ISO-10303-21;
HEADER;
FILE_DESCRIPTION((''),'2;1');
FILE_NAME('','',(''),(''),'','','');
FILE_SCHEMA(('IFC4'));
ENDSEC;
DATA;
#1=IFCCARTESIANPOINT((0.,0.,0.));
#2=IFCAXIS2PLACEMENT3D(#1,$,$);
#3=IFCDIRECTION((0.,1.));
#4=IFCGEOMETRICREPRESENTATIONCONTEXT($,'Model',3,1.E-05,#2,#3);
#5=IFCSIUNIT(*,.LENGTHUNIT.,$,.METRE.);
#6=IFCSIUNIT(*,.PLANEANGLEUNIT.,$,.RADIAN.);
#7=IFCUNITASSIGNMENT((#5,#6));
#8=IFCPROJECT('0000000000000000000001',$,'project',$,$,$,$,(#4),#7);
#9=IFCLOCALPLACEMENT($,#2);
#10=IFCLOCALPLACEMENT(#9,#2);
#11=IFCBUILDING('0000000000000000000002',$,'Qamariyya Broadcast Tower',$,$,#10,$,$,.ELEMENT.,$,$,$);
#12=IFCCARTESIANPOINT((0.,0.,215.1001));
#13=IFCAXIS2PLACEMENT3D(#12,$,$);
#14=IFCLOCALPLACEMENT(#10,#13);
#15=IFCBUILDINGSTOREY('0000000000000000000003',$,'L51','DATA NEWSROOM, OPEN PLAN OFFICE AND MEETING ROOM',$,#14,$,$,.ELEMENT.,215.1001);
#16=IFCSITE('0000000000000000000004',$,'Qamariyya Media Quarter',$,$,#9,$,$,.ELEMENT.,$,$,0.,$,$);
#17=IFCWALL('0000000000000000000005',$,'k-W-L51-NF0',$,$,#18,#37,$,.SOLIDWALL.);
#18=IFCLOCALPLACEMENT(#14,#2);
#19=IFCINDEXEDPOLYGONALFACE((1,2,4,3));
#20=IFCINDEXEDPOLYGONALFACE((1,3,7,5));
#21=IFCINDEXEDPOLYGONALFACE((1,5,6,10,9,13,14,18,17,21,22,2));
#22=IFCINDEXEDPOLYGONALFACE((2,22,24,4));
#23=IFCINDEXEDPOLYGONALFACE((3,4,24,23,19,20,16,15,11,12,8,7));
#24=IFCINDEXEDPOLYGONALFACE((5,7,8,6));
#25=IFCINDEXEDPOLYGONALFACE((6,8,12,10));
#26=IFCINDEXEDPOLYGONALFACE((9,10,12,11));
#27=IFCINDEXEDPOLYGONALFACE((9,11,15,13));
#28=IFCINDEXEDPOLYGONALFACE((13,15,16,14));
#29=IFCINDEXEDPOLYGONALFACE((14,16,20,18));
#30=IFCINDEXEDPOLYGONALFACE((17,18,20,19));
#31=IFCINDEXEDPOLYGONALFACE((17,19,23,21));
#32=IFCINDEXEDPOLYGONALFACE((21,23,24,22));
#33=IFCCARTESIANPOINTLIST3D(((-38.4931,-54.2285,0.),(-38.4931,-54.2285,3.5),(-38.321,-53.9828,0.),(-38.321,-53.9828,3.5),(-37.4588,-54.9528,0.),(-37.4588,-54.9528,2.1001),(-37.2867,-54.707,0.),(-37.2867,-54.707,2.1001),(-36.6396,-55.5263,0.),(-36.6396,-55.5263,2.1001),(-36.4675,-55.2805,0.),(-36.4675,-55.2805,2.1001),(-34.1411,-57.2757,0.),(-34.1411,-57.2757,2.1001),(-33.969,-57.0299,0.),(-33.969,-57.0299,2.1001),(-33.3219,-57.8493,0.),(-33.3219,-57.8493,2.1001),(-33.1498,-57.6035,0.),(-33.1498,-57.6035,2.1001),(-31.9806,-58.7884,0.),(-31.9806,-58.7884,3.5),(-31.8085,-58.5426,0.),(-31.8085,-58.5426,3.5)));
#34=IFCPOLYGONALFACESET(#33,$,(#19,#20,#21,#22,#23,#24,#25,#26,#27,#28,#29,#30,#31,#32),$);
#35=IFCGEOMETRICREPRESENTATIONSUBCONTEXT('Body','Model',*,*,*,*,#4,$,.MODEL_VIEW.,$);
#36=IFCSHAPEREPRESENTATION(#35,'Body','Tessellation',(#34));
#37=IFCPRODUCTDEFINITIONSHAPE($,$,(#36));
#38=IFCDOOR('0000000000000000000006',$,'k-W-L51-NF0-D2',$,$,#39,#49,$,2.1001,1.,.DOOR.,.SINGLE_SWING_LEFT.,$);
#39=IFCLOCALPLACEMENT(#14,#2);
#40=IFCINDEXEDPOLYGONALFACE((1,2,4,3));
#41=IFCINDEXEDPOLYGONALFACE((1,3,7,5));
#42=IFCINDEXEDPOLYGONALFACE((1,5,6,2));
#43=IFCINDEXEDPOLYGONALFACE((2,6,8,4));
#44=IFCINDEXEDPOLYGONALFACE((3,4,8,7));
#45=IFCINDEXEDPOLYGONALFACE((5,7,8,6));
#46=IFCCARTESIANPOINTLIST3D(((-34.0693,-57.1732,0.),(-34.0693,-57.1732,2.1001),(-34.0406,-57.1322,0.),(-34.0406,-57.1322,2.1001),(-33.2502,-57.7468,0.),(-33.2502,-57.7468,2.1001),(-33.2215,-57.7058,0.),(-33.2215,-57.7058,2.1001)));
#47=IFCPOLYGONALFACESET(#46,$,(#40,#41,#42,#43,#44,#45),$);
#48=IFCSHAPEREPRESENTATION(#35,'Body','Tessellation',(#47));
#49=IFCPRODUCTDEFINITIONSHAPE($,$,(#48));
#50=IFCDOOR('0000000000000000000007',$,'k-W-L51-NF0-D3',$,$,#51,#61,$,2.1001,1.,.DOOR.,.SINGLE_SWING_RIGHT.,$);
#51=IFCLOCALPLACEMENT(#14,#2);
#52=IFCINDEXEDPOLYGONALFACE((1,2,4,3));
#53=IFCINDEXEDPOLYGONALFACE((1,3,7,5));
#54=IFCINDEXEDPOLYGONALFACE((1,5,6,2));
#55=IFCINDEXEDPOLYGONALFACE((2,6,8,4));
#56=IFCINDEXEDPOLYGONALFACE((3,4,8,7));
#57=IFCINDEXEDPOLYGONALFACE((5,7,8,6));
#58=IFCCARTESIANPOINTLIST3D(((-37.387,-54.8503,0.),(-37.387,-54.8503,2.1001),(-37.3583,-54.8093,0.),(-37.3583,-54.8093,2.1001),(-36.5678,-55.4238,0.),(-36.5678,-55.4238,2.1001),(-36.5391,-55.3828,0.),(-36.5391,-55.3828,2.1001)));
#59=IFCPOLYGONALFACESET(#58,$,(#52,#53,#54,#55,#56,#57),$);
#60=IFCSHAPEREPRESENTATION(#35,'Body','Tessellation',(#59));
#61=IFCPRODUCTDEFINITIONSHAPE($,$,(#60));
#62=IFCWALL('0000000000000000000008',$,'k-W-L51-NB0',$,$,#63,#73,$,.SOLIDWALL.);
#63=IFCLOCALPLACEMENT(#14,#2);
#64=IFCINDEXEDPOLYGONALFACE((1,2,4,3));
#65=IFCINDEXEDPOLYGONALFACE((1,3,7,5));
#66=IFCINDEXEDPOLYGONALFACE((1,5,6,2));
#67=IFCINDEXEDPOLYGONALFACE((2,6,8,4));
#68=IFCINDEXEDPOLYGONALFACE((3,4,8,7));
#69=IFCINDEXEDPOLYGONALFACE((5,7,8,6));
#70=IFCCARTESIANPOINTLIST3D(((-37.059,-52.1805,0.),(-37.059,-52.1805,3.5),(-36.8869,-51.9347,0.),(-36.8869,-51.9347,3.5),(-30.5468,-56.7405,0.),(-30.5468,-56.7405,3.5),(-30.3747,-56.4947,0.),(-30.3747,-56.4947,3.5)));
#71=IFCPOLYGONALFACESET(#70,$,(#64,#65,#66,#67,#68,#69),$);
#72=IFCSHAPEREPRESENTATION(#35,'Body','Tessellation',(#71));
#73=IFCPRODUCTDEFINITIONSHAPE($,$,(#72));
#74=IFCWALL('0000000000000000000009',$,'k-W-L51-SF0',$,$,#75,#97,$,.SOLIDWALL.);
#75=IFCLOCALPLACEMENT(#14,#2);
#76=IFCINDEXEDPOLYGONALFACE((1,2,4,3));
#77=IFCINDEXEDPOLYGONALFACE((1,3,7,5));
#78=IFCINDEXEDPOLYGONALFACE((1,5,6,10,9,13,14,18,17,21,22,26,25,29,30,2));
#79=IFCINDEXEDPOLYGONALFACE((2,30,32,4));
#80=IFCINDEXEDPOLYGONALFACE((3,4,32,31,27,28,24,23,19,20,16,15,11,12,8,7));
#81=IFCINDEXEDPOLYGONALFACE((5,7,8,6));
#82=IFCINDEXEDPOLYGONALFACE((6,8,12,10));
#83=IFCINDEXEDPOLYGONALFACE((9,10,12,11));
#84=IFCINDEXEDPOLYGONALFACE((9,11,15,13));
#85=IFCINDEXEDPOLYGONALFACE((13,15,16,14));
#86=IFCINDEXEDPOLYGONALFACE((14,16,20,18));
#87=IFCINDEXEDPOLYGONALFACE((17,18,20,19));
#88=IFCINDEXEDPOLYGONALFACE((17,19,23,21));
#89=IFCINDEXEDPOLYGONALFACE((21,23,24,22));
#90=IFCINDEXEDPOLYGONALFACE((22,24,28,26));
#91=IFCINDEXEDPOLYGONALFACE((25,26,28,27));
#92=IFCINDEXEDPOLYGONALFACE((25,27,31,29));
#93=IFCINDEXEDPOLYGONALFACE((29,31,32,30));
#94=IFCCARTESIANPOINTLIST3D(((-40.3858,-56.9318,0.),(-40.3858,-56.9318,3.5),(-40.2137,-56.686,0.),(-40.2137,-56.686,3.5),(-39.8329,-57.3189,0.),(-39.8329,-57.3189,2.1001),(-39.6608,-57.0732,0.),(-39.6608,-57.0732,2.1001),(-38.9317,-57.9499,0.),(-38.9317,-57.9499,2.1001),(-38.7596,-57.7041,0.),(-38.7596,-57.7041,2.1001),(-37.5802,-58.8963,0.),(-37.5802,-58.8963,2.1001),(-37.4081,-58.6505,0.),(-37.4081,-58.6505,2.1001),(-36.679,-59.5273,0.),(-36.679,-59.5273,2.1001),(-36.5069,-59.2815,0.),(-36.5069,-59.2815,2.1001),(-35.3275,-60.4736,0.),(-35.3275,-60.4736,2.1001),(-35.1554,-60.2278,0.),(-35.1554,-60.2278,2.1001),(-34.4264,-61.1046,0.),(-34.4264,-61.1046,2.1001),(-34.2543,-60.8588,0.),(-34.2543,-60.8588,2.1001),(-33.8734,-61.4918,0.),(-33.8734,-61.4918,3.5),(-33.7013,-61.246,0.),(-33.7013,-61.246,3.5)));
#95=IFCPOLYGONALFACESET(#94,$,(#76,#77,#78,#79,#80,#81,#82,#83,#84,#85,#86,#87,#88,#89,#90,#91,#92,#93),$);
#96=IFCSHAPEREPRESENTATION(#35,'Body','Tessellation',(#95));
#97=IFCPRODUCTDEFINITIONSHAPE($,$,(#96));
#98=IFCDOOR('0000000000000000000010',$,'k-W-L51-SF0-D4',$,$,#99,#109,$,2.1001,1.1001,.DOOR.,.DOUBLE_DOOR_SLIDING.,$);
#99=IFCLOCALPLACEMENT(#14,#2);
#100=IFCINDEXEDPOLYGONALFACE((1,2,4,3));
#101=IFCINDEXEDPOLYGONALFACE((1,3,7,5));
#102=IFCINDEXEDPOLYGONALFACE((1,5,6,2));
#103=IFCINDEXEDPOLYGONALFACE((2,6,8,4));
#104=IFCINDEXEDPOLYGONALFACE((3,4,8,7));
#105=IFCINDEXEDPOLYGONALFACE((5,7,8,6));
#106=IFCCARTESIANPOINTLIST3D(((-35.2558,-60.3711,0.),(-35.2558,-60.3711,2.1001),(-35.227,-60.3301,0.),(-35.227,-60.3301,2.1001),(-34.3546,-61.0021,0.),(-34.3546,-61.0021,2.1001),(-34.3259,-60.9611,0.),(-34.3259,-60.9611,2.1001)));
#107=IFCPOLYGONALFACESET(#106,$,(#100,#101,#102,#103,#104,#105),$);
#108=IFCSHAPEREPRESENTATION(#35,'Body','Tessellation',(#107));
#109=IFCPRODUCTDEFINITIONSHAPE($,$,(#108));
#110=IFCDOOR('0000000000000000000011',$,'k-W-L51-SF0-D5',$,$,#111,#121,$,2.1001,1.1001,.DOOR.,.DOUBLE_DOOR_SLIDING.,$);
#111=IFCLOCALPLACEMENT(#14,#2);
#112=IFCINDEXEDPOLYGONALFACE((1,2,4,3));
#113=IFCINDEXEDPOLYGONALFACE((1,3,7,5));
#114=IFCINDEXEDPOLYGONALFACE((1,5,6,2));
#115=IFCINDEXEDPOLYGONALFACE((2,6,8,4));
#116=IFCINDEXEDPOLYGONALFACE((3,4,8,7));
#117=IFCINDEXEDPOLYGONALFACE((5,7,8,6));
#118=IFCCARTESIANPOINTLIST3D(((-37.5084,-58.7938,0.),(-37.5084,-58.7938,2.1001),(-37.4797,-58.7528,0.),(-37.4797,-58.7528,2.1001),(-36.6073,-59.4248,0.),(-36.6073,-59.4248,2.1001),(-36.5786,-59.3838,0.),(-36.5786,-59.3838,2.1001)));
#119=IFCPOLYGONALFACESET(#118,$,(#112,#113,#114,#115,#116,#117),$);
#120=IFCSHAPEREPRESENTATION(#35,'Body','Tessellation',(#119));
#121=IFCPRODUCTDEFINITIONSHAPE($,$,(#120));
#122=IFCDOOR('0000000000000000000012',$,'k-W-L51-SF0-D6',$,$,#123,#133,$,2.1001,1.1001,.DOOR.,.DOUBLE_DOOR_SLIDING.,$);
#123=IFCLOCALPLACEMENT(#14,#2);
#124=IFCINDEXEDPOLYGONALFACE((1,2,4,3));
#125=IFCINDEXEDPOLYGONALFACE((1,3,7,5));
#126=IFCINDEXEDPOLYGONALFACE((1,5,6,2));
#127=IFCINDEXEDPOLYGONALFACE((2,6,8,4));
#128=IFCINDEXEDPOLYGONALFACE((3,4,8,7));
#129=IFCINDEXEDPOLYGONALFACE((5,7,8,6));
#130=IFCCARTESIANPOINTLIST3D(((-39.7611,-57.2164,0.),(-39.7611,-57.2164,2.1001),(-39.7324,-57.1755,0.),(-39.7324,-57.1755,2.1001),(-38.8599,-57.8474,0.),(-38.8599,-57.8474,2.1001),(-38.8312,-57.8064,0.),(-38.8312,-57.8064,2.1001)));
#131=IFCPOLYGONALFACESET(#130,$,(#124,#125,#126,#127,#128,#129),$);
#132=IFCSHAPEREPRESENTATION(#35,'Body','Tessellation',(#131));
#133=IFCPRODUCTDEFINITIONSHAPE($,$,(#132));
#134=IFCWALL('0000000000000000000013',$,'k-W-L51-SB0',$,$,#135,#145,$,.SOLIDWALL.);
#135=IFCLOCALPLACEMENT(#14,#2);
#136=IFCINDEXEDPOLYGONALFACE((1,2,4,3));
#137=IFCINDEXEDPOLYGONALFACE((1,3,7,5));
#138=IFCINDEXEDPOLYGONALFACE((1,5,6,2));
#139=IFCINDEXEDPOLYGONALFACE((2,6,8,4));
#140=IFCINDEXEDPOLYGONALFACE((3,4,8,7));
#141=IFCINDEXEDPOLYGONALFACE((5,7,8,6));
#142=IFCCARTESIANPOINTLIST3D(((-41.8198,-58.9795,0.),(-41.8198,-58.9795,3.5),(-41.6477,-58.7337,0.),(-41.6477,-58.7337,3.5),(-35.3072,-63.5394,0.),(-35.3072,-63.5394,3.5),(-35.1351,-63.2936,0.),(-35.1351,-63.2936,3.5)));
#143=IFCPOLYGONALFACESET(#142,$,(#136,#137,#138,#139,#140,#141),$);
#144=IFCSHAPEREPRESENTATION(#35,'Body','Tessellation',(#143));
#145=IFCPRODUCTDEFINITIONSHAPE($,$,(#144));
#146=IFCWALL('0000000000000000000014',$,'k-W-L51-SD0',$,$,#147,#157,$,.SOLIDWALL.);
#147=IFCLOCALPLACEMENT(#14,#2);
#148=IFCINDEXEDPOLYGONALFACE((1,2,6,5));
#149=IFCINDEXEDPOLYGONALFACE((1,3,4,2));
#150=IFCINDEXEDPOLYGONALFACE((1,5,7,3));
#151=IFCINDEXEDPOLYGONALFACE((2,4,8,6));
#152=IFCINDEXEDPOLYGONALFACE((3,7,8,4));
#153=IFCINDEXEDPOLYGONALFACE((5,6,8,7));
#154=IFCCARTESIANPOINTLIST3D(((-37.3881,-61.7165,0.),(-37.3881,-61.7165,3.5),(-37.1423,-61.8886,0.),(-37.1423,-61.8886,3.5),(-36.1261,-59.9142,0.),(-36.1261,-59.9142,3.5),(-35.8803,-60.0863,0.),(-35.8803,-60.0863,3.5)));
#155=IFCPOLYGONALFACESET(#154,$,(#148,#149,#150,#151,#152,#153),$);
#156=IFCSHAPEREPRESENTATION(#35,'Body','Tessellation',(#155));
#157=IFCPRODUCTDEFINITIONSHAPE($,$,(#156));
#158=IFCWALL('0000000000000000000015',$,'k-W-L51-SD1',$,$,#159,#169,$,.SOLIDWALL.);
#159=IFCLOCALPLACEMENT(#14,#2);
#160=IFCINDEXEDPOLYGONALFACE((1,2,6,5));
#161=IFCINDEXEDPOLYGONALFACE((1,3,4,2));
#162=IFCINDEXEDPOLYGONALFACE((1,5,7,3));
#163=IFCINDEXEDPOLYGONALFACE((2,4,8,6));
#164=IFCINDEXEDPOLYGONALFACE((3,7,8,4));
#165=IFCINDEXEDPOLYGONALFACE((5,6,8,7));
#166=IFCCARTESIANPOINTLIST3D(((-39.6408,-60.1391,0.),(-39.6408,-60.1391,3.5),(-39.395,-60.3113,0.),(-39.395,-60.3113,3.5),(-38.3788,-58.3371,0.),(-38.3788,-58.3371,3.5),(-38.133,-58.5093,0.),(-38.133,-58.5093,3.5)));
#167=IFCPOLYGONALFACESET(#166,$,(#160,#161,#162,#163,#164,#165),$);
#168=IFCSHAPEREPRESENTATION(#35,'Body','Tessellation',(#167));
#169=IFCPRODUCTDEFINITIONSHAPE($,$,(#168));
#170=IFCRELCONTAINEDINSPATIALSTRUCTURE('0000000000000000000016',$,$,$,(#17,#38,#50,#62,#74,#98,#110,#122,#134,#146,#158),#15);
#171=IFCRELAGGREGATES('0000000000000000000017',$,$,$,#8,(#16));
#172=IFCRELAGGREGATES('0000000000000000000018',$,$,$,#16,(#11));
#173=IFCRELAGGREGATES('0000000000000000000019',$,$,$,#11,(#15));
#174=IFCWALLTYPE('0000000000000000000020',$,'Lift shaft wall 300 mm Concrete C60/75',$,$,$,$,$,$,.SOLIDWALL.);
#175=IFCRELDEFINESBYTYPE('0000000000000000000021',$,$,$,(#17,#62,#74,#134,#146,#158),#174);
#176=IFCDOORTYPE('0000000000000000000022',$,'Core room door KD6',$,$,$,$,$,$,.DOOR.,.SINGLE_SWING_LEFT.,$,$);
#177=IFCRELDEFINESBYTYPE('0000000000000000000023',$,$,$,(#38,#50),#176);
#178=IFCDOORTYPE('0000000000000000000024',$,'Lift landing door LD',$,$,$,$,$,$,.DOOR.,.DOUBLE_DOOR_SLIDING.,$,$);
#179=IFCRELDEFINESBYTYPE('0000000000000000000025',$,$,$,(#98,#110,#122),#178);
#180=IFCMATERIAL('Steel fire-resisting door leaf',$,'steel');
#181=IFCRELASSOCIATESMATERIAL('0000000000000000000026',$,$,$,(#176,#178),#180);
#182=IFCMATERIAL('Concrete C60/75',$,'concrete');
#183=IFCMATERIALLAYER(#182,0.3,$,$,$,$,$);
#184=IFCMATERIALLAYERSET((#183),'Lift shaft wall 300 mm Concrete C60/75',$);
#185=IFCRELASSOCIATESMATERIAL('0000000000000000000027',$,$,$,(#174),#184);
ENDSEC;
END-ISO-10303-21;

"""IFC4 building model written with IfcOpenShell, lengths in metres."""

from ifc_helpers import new_model, si_unit, direction, frame, frame_2d, origin, place, context, subcontext, project, spatial, rectangle, extrude, material, layer, layer_set, type_object, element, fill, save


model = new_model("IFC4")

# Units and contexts
model_context = context("Model", 3, precision=1e-05, world=origin(), true_north=direction((0.0, 1.0)))
body_context = subcontext(model_context, "Body", "Model", "MODEL_VIEW")
ifc_project = project(units=[si_unit("LENGTHUNIT", "METRE"), si_unit("PLANEANGLEUNIT", "RADIAN")], contexts=[model_context])

# Site, building, storey
site_placement = place(None, origin())
site = spatial("IfcSite", under=ifc_project, at=site_placement, Name="Qamariyya Media Quarter", CompositionType="ELEMENT", RefElevation=0.0)
building_placement = place(site_placement, origin())
building = spatial("IfcBuilding", under=site, at=building_placement, Name="Qamariyya Broadcast Tower", CompositionType="ELEMENT")
storey_placement = place(building_placement, frame((0.0, 0.0, 215.1001)))
storey = spatial("IfcBuildingStorey", under=building, at=storey_placement, Name="L51", Description="DATA NEWSROOM, OPEN PLAN OFFICE AND MEETING ROOM", CompositionType="ELEMENT", Elevation=215.1001)

# Shared definitions
ifc_material_1 = material(Name="Concrete C60/75", Category="concrete")

# Shared definitions
ifc_material_2 = material(Name="Steel fire-resisting door leaf", Category="steel")

# Wall, openings, doors
door_type_1 = type_object("IfcDoorType", Name="Core room door KD6", OperationType="SINGLE_SWING_LEFT", PredefinedType="DOOR", material=ifc_material_2)
ifc_layer_1 = layer(ifc_material_1, 0.3)
ifc_layer_set_1 = layer_set([ifc_layer_1], Name="Lift shaft wall 300 mm Concrete C60/75")
wall_type_1 = type_object("IfcWallType", Name="Lift shaft wall 300 mm Concrete C60/75", PredefinedType="SOLIDWALL", material=ifc_layer_set_1)
wall_1_placement = place(storey_placement, frame((-31.8945, -58.6655, 0.0), z_axis=(0.0, 0.0, 1.0), x_axis=(-0.819167, 0.573555, 0.0)))
wall_1 = element("IfcWall", 1, at=wall_1_placement, inside=storey, type_object=wall_type_1, Name="k-W-L51-NF0", PredefinedType="SOLIDWALL", context=body_context, shape_type="SweptSolid", body=[
    extrude(rectangle(XDim=7.9502, YDim=0.3, at=frame_2d((3.9751, 0.0))), origin(), (0.0, 0.0, 1.0), 3.5),
])
opening_1_placement = place(wall_1_placement, frame((1.6375, 0.0, 0.0)))
opening_1 = element("IfcOpeningElement", 2, at=opening_1_placement, cuts=wall_1, PredefinedType="OPENING", context=body_context, shape_type="SweptSolid", body=[
    extrude(rectangle(XDim=1.0, YDim=2.1001, at=frame_2d((0.5, 1.05))), frame((0.0, 0.1599, 0.0), z_axis=(0.0, -1.0, 0.0), x_axis=(1.0, 0.0, 0.0)), (0.0, 0.0, 1.0), 0.3201),
])
opening_2_placement = place(wall_1_placement, frame((5.6875, 0.0, 0.0)))
opening_2 = element("IfcOpeningElement", 3, at=opening_2_placement, cuts=wall_1, PredefinedType="OPENING", context=body_context, shape_type="SweptSolid", body=[
    extrude(rectangle(XDim=1.0, YDim=2.1001, at=frame_2d((0.5, 1.05))), frame((0.0, 0.1599, 0.0), z_axis=(0.0, -1.0, 0.0), x_axis=(1.0, 0.0, 0.0)), (0.0, 0.0, 1.0), 0.3201),
])
door_1_placement = place(opening_1_placement, origin())
door_1 = element("IfcDoor", 4, at=door_1_placement, inside=storey, type_object=door_type_1, Name="k-W-L51-NF0-D2", OperationType="SINGLE_SWING_LEFT", OverallHeight=2.1001, OverallWidth=1.0, PredefinedType="DOOR", context=body_context, shape_type="SweptSolid", body=[
    extrude(rectangle(XDim=1.0, YDim=2.1001, at=frame_2d((0.5, 1.05))), frame((0.0, 0.0249, 0.0), z_axis=(0.0, -1.0, 0.0), x_axis=(1.0, 0.0, 0.0)), (0.0, 0.0, 1.0), 0.05),
])
fill(opening_1, door_1)
door_2_placement = place(opening_2_placement, origin())
door_2 = element("IfcDoor", 5, at=door_2_placement, inside=storey, type_object=door_type_1, Name="k-W-L51-NF0-D3", OperationType="SINGLE_SWING_RIGHT", OverallHeight=2.1001, OverallWidth=1.0, PredefinedType="DOOR", context=body_context, shape_type="SweptSolid", body=[
    extrude(rectangle(XDim=1.0, YDim=2.1001, at=frame_2d((0.5, 1.05))), frame((0.0, 0.0249, 0.0), z_axis=(0.0, -1.0, 0.0), x_axis=(1.0, 0.0, 0.0)), (0.0, 0.0, 1.0), 0.05),
])
fill(opening_2, door_2)

# Wall
wall_2_placement = place(storey_placement, frame((-30.4607, -56.6177, 0.0), z_axis=(0.0, 0.0, 1.0), x_axis=(-0.819142, 0.57359, 0.0)))
element("IfcWall", 6, at=wall_2_placement, inside=storey, type_object=wall_type_1, Name="k-W-L51-NB0", PredefinedType="SOLIDWALL", context=body_context, shape_type="SweptSolid", body=[
    extrude(rectangle(XDim=7.95, YDim=0.3, at=frame_2d((3.9751, 0.0))), origin(), (0.0, 0.0, 1.0), 3.5),
])

# Wall, openings, doors
wall_3_placement = place(storey_placement, frame((-33.7874, -61.3689, 0.0), z_axis=(0.0, 0.0, 1.0), x_axis=(-0.819153, 0.573576, 0.0)))
wall_3 = element("IfcWall", 7, at=wall_3_placement, inside=storey, type_object=wall_type_1, Name="k-W-L51-SF0", PredefinedType="SOLIDWALL", context=body_context, shape_type="SweptSolid", body=[
    extrude(rectangle(XDim=7.9502, YDim=0.3, at=frame_2d((3.9751, 0.0))), origin(), (0.0, 0.0, 1.0), 3.5),
])
opening_3_placement = place(wall_3_placement, frame((0.675, 0.0, 0.0)))
opening_3 = element("IfcOpeningElement", 8, at=opening_3_placement, cuts=wall_3, PredefinedType="OPENING", context=body_context, shape_type="SweptSolid", body=[
    extrude(rectangle(XDim=1.1001, YDim=2.1001, at=frame_2d((0.55, 1.05))), frame((0.0, 0.1599, 0.0), z_axis=(0.0, -1.0, 0.0), x_axis=(1.0, 0.0, 0.0)), (0.0, 0.0, 1.0), 0.3201),
])
opening_4_placement = place(wall_3_placement, frame((3.425, 0.0, 0.0)))
opening_4 = element("IfcOpeningElement", 9, at=opening_4_placement, cuts=wall_3, PredefinedType="OPENING", context=body_context, shape_type="SweptSolid", body=[
    extrude(rectangle(XDim=1.1001, YDim=2.1001, at=frame_2d((0.55, 1.05))), frame((0.0, 0.1599, 0.0), z_axis=(0.0, -1.0, 0.0), x_axis=(1.0, 0.0, 0.0)), (0.0, 0.0, 1.0), 0.3201),
])
opening_5_placement = place(wall_3_placement, frame((6.175, 0.0, 0.0)))
opening_5 = element("IfcOpeningElement", 10, at=opening_5_placement, cuts=wall_3, PredefinedType="OPENING", context=body_context, shape_type="SweptSolid", body=[
    extrude(rectangle(XDim=1.1001, YDim=2.1001, at=frame_2d((0.55, 1.05))), frame((0.0, 0.1599, 0.0), z_axis=(0.0, -1.0, 0.0), x_axis=(1.0, 0.0, 0.0)), (0.0, 0.0, 1.0), 0.3201),
])
door_type_2 = type_object("IfcDoorType", Name="Lift landing door LD", OperationType="DOUBLE_DOOR_SLIDING", PredefinedType="DOOR", material=ifc_material_2)
door_3_placement = place(opening_3_placement, origin())
door_3 = element("IfcDoor", 11, at=door_3_placement, inside=storey, type_object=door_type_2, Name="k-W-L51-SF0-D4", OperationType="DOUBLE_DOOR_SLIDING", OverallHeight=2.1001, OverallWidth=1.1001, PredefinedType="DOOR", context=body_context, shape_type="SweptSolid", body=[
    extrude(rectangle(XDim=1.1001, YDim=2.1001, at=frame_2d((0.55, 1.05))), frame((0.0, 0.0249, 0.0), z_axis=(0.0, -1.0, 0.0), x_axis=(1.0, 0.0, 0.0)), (0.0, 0.0, 1.0), 0.05),
])
fill(opening_3, door_3)
door_4_placement = place(opening_4_placement, origin())
door_4 = element("IfcDoor", 12, at=door_4_placement, inside=storey, type_object=door_type_2, Name="k-W-L51-SF0-D5", OperationType="DOUBLE_DOOR_SLIDING", OverallHeight=2.1001, OverallWidth=1.1001, PredefinedType="DOOR", context=body_context, shape_type="SweptSolid", body=[
    extrude(rectangle(XDim=1.1001, YDim=2.1001, at=frame_2d((0.55, 1.05))), frame((0.0, 0.0249, 0.0), z_axis=(0.0, -1.0, 0.0), x_axis=(1.0, 0.0, 0.0)), (0.0, 0.0, 1.0), 0.05),
])
fill(opening_4, door_4)
door_5_placement = place(opening_5_placement, origin())
door_5 = element("IfcDoor", 13, at=door_5_placement, inside=storey, type_object=door_type_2, Name="k-W-L51-SF0-D6", OperationType="DOUBLE_DOOR_SLIDING", OverallHeight=2.1001, OverallWidth=1.1001, PredefinedType="DOOR", context=body_context, shape_type="SweptSolid", body=[
    extrude(rectangle(XDim=1.1001, YDim=2.1001, at=frame_2d((0.55, 1.05))), frame((0.0, 0.0249, 0.0), z_axis=(0.0, -1.0, 0.0), x_axis=(1.0, 0.0, 0.0)), (0.0, 0.0, 1.0), 0.05),
])
fill(opening_5, door_5)

# Walls
wall_4_placement = place(storey_placement, frame((-35.2212, -63.4165, 0.0), z_axis=(0.0, 0.0, 1.0), x_axis=(-0.819167, 0.573555, 0.0)))
element("IfcWall", 14, at=wall_4_placement, inside=storey, type_object=wall_type_1, Name="k-W-L51-SB0", PredefinedType="SOLIDWALL", context=body_context, shape_type="SweptSolid", body=[
    extrude(rectangle(XDim=7.9502, YDim=0.3, at=frame_2d((3.9751, 0.0))), origin(), (0.0, 0.0, 1.0), 3.5),
])
wall_5_placement = place(storey_placement, frame((-36.0032, -60.0002, 0.0), z_axis=(0.0, 0.0, 1.0), x_axis=(-0.573581, -0.819149, 0.0)))
element("IfcWall", 15, at=wall_5_placement, inside=storey, type_object=wall_type_1, Name="k-W-L51-SD0", PredefinedType="SOLIDWALL", context=body_context, shape_type="SweptSolid", body=[
    extrude(rectangle(XDim=2.2002, YDim=0.3, at=frame_2d((1.1001, 0.0))), origin(), (0.0, 0.0, 1.0), 3.5),
])
wall_6_placement = place(storey_placement, frame((-38.2559, -58.4231, 0.0), z_axis=(0.0, 0.0, 1.0), x_axis=(-0.573634, -0.819112, 0.0)))
element("IfcWall", 16, at=wall_6_placement, inside=storey, type_object=wall_type_1, Name="k-W-L51-SD1", PredefinedType="SOLIDWALL", context=body_context, shape_type="SweptSolid", body=[
    extrude(rectangle(XDim=2.2, YDim=0.3, at=frame_2d((1.1001, 0.0))), origin(), (0.0, 0.0, 1.0), 3.5),
])

save(model, "model.ifc")
